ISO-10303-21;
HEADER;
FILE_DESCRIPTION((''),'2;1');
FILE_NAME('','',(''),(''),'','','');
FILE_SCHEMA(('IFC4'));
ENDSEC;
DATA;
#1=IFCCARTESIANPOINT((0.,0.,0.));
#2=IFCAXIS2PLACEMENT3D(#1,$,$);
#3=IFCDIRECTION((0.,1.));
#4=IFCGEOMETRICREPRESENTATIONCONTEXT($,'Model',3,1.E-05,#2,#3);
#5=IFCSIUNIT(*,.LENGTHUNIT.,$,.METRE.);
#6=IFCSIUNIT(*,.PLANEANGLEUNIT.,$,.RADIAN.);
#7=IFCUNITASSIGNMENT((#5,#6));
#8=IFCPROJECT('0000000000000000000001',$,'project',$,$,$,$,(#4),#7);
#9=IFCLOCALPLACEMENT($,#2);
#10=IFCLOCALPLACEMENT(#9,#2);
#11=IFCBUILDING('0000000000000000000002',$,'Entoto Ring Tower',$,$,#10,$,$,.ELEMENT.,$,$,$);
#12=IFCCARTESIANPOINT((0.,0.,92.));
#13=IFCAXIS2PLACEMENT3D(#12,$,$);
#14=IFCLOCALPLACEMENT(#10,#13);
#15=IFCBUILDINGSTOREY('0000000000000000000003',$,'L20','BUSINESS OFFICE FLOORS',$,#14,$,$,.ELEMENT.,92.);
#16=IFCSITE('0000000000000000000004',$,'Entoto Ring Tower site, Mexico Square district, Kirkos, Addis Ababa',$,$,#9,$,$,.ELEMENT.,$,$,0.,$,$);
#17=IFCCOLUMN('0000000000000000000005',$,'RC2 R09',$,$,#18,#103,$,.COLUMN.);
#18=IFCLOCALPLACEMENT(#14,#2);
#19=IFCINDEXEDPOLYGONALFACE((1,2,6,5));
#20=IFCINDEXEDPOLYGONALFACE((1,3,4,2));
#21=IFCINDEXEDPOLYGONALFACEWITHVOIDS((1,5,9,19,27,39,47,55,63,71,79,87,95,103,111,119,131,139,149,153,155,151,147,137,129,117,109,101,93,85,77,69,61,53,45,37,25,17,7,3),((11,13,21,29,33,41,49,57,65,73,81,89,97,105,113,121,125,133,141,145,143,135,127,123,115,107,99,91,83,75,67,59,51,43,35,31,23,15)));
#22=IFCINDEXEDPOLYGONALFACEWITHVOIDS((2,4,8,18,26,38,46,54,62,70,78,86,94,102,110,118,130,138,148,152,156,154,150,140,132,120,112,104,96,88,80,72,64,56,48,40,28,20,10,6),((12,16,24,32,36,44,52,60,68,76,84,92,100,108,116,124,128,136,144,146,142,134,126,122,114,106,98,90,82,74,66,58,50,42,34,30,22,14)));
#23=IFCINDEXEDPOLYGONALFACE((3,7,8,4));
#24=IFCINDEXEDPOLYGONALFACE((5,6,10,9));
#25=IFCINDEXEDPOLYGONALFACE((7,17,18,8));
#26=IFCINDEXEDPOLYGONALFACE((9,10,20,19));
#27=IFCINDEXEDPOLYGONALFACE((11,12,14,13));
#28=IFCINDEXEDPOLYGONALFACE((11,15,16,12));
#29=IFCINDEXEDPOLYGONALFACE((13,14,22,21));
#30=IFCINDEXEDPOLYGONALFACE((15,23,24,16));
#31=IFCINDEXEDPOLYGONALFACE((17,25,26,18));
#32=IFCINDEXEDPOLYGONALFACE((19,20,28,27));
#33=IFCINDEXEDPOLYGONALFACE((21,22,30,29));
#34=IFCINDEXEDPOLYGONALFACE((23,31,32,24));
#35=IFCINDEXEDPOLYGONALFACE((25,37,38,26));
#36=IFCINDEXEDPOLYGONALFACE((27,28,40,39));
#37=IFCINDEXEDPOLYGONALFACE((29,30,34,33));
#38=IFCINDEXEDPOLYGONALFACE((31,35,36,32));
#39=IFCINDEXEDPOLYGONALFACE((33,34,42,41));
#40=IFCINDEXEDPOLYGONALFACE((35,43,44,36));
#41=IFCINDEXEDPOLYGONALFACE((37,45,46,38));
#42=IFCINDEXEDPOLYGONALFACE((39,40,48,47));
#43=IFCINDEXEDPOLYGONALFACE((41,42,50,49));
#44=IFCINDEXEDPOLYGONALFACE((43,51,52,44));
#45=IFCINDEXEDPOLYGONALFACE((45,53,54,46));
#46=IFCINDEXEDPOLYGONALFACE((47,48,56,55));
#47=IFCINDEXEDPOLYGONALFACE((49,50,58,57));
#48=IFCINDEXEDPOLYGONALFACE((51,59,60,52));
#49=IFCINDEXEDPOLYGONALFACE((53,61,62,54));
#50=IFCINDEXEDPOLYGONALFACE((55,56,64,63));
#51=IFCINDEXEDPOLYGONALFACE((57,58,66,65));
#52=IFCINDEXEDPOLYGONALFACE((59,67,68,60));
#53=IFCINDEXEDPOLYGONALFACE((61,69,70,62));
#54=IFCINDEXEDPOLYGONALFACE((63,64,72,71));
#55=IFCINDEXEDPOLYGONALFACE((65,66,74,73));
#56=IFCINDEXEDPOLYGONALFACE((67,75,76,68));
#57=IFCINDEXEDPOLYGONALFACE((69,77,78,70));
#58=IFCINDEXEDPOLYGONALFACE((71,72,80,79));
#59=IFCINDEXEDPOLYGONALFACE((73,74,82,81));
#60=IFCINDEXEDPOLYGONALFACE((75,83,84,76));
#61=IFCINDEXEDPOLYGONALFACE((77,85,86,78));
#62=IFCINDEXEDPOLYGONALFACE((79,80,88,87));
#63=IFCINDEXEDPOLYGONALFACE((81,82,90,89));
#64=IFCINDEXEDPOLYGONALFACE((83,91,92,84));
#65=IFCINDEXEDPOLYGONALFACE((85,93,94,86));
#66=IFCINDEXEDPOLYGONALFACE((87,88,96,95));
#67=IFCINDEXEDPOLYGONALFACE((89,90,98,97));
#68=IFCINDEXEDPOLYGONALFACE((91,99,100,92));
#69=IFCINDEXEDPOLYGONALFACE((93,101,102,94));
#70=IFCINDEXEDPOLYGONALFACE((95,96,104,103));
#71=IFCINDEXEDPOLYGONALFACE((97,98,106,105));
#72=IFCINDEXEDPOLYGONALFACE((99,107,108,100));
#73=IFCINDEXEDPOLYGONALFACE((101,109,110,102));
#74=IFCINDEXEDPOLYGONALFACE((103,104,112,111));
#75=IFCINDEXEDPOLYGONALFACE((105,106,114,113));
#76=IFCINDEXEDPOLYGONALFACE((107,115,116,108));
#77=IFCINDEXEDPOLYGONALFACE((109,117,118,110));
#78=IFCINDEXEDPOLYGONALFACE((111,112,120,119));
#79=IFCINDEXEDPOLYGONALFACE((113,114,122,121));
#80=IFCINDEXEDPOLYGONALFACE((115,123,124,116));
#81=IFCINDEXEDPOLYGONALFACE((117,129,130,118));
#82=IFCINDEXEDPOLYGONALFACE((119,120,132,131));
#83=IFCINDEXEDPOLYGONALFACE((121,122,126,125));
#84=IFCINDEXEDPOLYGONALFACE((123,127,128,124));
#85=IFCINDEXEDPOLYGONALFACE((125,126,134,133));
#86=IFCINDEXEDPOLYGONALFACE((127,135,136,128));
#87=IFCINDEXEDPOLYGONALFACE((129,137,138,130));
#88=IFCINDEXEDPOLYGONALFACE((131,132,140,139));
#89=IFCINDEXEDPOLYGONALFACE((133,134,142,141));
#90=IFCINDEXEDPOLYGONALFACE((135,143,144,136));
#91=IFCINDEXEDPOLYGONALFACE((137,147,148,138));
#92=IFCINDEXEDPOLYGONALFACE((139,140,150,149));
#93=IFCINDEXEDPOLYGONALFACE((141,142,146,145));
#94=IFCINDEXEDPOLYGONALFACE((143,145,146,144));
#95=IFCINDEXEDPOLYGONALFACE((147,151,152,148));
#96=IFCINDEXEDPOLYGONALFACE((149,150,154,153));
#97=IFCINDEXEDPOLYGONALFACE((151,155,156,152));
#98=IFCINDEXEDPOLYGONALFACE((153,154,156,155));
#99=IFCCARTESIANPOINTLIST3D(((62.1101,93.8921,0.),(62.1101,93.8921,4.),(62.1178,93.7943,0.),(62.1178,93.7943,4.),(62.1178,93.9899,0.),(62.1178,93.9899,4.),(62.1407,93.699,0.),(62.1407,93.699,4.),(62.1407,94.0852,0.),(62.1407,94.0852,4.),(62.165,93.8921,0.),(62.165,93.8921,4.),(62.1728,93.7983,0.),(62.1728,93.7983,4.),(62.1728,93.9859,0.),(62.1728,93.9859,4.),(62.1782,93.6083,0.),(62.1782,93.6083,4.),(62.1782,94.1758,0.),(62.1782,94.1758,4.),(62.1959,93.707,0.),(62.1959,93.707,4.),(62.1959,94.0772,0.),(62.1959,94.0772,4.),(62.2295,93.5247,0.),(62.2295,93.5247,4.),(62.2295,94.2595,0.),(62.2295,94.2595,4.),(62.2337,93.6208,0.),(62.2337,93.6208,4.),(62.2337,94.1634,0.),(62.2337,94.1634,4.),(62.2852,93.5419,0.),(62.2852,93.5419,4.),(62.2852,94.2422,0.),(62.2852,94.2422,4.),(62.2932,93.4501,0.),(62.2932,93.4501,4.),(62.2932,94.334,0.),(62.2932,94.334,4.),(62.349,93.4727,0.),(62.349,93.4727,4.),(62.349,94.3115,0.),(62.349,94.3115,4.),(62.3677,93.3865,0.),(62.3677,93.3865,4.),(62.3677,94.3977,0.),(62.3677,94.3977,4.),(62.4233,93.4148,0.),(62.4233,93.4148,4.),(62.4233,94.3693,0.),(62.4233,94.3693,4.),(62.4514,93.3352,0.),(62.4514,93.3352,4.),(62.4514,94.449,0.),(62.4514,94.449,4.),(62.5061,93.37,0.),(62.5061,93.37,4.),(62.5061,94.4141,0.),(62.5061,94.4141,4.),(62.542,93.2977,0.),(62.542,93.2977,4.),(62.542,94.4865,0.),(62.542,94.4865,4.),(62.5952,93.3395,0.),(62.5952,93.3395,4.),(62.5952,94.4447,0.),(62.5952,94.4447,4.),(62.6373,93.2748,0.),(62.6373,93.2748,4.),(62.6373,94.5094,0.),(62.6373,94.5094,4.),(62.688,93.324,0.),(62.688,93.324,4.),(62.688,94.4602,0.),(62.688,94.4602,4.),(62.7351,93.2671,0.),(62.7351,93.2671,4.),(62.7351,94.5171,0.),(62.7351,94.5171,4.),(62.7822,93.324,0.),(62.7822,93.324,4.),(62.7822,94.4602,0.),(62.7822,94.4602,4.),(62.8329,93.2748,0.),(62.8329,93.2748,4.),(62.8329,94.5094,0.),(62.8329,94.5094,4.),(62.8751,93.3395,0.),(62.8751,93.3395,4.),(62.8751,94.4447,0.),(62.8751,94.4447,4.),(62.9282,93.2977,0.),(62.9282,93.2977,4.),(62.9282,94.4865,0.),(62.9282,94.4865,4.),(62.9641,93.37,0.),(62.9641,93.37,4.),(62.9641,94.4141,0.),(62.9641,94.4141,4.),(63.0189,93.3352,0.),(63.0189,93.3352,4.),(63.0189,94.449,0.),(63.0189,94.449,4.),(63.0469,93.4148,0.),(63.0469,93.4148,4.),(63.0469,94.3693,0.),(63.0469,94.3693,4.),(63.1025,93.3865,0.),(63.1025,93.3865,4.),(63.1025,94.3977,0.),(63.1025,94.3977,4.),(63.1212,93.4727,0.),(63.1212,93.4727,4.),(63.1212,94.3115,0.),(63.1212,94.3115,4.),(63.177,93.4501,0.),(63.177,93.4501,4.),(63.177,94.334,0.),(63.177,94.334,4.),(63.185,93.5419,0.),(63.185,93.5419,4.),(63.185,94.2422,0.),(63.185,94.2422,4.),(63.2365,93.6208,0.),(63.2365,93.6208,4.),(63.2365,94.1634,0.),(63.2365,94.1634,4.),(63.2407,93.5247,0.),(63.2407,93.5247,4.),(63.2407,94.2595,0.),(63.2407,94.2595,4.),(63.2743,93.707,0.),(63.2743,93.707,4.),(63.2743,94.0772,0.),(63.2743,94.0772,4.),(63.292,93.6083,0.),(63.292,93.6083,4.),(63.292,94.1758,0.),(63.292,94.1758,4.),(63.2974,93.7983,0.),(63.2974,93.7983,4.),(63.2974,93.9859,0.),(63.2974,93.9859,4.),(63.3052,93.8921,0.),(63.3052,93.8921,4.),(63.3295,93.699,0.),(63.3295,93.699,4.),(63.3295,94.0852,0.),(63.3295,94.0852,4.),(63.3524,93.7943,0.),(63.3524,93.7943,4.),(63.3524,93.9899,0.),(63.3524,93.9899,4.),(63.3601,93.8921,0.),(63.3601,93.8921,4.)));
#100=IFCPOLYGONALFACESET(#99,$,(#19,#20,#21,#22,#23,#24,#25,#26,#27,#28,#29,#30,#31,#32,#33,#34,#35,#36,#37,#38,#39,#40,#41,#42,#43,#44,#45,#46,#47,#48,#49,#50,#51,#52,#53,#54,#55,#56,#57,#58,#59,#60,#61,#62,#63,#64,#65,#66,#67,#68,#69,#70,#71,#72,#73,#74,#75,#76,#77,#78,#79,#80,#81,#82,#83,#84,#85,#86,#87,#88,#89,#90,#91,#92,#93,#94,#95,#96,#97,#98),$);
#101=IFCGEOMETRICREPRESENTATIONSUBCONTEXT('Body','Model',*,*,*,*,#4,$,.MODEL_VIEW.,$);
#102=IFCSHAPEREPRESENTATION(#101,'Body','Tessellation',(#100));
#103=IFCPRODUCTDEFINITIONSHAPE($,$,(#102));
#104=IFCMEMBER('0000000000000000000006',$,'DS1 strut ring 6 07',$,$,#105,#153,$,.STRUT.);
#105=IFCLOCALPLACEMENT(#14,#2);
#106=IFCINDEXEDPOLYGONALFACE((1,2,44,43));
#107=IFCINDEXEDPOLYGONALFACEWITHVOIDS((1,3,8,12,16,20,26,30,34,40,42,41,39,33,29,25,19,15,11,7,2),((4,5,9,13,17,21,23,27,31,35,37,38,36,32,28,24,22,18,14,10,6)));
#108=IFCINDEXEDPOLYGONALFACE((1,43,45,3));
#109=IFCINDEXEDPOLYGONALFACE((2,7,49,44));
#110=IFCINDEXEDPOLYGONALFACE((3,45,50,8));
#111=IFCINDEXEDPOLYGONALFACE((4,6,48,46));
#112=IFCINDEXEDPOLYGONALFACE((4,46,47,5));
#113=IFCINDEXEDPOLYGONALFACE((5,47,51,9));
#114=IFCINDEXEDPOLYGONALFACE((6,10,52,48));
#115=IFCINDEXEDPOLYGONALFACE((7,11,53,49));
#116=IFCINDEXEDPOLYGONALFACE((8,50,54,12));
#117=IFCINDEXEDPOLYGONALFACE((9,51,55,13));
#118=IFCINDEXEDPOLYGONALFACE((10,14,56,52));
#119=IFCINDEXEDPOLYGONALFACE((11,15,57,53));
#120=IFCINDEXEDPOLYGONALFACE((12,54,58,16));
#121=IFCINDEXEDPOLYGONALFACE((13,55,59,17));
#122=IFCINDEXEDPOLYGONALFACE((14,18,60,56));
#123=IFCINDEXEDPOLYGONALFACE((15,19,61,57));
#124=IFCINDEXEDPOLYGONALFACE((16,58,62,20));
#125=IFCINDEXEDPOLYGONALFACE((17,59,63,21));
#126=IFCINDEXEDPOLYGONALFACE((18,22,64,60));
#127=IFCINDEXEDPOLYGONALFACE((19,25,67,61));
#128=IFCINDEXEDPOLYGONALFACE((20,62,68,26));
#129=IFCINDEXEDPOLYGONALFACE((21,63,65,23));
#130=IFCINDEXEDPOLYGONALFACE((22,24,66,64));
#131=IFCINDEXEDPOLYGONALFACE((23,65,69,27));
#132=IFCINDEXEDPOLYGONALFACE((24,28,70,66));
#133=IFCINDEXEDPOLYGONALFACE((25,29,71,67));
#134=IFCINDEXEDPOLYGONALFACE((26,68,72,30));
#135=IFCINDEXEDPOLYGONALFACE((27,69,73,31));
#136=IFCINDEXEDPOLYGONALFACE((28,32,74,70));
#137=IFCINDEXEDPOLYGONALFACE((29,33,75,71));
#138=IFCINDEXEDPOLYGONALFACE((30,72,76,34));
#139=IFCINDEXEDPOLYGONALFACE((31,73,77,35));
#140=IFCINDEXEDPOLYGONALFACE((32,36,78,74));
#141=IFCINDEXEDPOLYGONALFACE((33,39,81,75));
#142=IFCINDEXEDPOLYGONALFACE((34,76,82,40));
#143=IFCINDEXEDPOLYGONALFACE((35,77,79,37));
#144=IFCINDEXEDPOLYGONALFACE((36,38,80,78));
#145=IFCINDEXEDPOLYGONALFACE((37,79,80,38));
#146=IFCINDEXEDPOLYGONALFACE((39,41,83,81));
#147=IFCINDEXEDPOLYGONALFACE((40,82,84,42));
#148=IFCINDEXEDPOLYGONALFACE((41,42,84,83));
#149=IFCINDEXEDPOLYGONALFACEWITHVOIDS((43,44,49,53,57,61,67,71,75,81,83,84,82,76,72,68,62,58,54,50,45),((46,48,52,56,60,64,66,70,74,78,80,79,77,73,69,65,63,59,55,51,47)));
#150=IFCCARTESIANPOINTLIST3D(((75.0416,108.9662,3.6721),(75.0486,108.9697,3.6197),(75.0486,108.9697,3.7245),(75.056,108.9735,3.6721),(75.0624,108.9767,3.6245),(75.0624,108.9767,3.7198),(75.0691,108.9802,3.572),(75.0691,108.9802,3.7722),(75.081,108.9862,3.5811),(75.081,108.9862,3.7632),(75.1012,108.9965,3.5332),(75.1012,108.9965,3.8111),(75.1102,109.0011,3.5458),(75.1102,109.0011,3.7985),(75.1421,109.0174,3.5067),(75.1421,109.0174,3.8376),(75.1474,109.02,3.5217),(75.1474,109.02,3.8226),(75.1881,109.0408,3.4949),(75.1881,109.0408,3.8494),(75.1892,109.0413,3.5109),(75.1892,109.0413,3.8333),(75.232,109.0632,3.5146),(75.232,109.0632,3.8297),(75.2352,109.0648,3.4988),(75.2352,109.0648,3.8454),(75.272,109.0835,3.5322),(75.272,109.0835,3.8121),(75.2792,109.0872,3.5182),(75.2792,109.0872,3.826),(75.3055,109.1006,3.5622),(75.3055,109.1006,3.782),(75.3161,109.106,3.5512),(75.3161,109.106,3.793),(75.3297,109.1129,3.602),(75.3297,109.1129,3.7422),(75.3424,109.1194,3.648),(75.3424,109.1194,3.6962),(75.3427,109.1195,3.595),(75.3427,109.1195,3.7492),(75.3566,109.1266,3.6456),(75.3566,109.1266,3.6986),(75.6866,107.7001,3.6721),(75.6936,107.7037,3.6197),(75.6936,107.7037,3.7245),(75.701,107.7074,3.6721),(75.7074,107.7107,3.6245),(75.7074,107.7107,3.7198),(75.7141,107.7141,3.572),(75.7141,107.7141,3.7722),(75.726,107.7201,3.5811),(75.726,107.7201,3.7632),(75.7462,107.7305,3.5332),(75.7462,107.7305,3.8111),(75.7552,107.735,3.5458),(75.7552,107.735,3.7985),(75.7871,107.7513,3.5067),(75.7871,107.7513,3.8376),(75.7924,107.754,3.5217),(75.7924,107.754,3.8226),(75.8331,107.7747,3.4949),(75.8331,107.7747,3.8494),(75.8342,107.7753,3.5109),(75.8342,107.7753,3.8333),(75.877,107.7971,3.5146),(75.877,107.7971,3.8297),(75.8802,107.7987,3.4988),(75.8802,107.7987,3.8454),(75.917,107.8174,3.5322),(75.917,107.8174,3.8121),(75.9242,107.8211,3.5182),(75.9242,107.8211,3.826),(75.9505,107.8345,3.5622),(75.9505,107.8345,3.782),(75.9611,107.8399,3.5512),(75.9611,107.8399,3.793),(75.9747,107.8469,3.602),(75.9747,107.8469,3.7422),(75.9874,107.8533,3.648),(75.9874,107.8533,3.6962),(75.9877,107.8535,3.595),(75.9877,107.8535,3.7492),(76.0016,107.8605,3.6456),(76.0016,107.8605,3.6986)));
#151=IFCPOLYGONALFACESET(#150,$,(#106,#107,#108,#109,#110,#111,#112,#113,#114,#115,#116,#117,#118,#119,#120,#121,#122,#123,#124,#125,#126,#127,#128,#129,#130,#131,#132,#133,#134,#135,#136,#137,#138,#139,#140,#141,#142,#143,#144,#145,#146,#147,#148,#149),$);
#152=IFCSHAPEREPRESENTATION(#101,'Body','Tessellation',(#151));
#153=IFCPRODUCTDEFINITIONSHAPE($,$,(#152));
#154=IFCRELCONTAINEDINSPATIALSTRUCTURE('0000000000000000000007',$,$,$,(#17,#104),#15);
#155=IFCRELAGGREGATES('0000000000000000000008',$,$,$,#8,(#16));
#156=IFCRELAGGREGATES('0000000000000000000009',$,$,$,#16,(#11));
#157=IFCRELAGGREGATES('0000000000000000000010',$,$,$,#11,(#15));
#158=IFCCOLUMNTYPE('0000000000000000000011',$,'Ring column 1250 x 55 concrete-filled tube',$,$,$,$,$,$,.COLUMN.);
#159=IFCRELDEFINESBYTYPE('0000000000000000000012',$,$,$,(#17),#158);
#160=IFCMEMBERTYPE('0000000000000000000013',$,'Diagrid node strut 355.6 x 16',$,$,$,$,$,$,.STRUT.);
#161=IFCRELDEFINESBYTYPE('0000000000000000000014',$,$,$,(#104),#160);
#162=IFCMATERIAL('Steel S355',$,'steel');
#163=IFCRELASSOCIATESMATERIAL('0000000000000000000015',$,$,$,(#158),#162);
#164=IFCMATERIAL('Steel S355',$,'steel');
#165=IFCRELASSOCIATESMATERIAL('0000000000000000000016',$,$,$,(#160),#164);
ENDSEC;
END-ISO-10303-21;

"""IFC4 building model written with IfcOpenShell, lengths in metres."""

from ifc_helpers import new_model, si_unit, direction, frame, origin, origin_2d, place, context, subcontext, project, spatial, circle, hollow_circle, extrude, material, material_profile, profile_set, type_object, element, save


model = new_model("IFC4")

# Units and contexts
model_context = context("Model", 3, precision=1e-05, world=origin(), true_north=direction((0.0, 1.0)))
body_context = subcontext(model_context, "Body", "Model", "MODEL_VIEW")
ifc_project = project(units=[si_unit("LENGTHUNIT", "METRE"), si_unit("PLANEANGLEUNIT", "RADIAN")], contexts=[model_context])

# Site, building, storey
site_placement = place(None, origin())
site = spatial("IfcSite", under=ifc_project, at=site_placement, Name="Entoto Ring Tower site, Mexico Square district, Kirkos, Addis Ababa", CompositionType="ELEMENT", RefElevation=0.0)
building_placement = place(site_placement, origin())
building = spatial("IfcBuilding", under=site, at=building_placement, Name="Entoto Ring Tower", CompositionType="ELEMENT")
storey_placement = place(building_placement, frame((0.0, 0.0, 92.0)))
storey = spatial("IfcBuildingStorey", under=building, at=storey_placement, Name="L20", Description="BUSINESS OFFICE FLOORS", CompositionType="ELEMENT", Elevation=92.0)

# Column
ifc_material_1 = material(Name="Steel S355", Category="steel")
ifc_material_profile_1 = material_profile(ifc_material_1, hollow_circle(Radius=0.625, WallThickness=0.0549, at=origin_2d()), Name="CHS 1250 x 55")
ifc_material_2 = material(Name="Concrete C60/75", Category="concrete")
ifc_material_profile_2 = material_profile(ifc_material_2, circle(Radius=0.5701, at=origin_2d()), Name="Concrete C60/75 infill")
ifc_profile_set_1 = profile_set([ifc_material_profile_1, ifc_material_profile_2], Name="Steel S355")
column_type = type_object("IfcColumnType", Name="Ring column 1250 x 55 concrete-filled tube", PredefinedType="COLUMN", material=ifc_profile_set_1)
for number, where, z_axis, x_axis, name in (
    (1, (62.7351, 93.8921, 0.0), (0.0, 0.0, 1.0), (1.0, 0.0, 0.0), "RC2 R09"),
):
    element("IfcColumn", number, at=place(storey_placement, frame(where, z_axis=z_axis, x_axis=x_axis)), inside=storey, type_object=column_type, Name=name, PredefinedType="COLUMN", context=body_context, shape_type="SweptSolid", body=[
        extrude(hollow_circle(Radius=0.625, WallThickness=0.0549, at=origin_2d()), origin(), (0.0, 0.0, 1.0), 4.0),
    ])

# Member
ifc_material_3 = material(Name="Steel S355", Category="steel")
ifc_material_profile_3 = material_profile(ifc_material_3, hollow_circle(Radius=0.1777, WallThickness=0.0161, at=origin_2d()), Name="CHS 355.6 x 16")
ifc_material_4 = material(Name="Concrete C60/75", Category="concrete")
ifc_material_profile_4 = material_profile(ifc_material_4, circle(Radius=0.1619, at=origin_2d()), Name="Concrete C60/75 infill")
ifc_profile_set_2 = profile_set([ifc_material_profile_3, ifc_material_profile_4], Name="Steel S355")
member_type = type_object("IfcMemberType", Name="Diagrid node strut 355.6 x 16", PredefinedType="STRUT", material=ifc_profile_set_2)
member_1_placement = place(storey_placement, frame((75.845, 107.7808, 3.6721), z_axis=(-0.453936, 0.891034, 0.0), x_axis=(-0.891034, -0.453936, 0.0)))
element("IfcMember", 2, at=member_1_placement, inside=storey, type_object=member_type, Name="DS1 strut ring 6 07", PredefinedType="STRUT", context=body_context, shape_type="SweptSolid", body=[
    extrude(hollow_circle(Radius=0.1777, WallThickness=0.0161, at=origin_2d()), origin(), (0.0, 0.0, 1.0), 1.4209),
])

save(model, "model.ifc")
